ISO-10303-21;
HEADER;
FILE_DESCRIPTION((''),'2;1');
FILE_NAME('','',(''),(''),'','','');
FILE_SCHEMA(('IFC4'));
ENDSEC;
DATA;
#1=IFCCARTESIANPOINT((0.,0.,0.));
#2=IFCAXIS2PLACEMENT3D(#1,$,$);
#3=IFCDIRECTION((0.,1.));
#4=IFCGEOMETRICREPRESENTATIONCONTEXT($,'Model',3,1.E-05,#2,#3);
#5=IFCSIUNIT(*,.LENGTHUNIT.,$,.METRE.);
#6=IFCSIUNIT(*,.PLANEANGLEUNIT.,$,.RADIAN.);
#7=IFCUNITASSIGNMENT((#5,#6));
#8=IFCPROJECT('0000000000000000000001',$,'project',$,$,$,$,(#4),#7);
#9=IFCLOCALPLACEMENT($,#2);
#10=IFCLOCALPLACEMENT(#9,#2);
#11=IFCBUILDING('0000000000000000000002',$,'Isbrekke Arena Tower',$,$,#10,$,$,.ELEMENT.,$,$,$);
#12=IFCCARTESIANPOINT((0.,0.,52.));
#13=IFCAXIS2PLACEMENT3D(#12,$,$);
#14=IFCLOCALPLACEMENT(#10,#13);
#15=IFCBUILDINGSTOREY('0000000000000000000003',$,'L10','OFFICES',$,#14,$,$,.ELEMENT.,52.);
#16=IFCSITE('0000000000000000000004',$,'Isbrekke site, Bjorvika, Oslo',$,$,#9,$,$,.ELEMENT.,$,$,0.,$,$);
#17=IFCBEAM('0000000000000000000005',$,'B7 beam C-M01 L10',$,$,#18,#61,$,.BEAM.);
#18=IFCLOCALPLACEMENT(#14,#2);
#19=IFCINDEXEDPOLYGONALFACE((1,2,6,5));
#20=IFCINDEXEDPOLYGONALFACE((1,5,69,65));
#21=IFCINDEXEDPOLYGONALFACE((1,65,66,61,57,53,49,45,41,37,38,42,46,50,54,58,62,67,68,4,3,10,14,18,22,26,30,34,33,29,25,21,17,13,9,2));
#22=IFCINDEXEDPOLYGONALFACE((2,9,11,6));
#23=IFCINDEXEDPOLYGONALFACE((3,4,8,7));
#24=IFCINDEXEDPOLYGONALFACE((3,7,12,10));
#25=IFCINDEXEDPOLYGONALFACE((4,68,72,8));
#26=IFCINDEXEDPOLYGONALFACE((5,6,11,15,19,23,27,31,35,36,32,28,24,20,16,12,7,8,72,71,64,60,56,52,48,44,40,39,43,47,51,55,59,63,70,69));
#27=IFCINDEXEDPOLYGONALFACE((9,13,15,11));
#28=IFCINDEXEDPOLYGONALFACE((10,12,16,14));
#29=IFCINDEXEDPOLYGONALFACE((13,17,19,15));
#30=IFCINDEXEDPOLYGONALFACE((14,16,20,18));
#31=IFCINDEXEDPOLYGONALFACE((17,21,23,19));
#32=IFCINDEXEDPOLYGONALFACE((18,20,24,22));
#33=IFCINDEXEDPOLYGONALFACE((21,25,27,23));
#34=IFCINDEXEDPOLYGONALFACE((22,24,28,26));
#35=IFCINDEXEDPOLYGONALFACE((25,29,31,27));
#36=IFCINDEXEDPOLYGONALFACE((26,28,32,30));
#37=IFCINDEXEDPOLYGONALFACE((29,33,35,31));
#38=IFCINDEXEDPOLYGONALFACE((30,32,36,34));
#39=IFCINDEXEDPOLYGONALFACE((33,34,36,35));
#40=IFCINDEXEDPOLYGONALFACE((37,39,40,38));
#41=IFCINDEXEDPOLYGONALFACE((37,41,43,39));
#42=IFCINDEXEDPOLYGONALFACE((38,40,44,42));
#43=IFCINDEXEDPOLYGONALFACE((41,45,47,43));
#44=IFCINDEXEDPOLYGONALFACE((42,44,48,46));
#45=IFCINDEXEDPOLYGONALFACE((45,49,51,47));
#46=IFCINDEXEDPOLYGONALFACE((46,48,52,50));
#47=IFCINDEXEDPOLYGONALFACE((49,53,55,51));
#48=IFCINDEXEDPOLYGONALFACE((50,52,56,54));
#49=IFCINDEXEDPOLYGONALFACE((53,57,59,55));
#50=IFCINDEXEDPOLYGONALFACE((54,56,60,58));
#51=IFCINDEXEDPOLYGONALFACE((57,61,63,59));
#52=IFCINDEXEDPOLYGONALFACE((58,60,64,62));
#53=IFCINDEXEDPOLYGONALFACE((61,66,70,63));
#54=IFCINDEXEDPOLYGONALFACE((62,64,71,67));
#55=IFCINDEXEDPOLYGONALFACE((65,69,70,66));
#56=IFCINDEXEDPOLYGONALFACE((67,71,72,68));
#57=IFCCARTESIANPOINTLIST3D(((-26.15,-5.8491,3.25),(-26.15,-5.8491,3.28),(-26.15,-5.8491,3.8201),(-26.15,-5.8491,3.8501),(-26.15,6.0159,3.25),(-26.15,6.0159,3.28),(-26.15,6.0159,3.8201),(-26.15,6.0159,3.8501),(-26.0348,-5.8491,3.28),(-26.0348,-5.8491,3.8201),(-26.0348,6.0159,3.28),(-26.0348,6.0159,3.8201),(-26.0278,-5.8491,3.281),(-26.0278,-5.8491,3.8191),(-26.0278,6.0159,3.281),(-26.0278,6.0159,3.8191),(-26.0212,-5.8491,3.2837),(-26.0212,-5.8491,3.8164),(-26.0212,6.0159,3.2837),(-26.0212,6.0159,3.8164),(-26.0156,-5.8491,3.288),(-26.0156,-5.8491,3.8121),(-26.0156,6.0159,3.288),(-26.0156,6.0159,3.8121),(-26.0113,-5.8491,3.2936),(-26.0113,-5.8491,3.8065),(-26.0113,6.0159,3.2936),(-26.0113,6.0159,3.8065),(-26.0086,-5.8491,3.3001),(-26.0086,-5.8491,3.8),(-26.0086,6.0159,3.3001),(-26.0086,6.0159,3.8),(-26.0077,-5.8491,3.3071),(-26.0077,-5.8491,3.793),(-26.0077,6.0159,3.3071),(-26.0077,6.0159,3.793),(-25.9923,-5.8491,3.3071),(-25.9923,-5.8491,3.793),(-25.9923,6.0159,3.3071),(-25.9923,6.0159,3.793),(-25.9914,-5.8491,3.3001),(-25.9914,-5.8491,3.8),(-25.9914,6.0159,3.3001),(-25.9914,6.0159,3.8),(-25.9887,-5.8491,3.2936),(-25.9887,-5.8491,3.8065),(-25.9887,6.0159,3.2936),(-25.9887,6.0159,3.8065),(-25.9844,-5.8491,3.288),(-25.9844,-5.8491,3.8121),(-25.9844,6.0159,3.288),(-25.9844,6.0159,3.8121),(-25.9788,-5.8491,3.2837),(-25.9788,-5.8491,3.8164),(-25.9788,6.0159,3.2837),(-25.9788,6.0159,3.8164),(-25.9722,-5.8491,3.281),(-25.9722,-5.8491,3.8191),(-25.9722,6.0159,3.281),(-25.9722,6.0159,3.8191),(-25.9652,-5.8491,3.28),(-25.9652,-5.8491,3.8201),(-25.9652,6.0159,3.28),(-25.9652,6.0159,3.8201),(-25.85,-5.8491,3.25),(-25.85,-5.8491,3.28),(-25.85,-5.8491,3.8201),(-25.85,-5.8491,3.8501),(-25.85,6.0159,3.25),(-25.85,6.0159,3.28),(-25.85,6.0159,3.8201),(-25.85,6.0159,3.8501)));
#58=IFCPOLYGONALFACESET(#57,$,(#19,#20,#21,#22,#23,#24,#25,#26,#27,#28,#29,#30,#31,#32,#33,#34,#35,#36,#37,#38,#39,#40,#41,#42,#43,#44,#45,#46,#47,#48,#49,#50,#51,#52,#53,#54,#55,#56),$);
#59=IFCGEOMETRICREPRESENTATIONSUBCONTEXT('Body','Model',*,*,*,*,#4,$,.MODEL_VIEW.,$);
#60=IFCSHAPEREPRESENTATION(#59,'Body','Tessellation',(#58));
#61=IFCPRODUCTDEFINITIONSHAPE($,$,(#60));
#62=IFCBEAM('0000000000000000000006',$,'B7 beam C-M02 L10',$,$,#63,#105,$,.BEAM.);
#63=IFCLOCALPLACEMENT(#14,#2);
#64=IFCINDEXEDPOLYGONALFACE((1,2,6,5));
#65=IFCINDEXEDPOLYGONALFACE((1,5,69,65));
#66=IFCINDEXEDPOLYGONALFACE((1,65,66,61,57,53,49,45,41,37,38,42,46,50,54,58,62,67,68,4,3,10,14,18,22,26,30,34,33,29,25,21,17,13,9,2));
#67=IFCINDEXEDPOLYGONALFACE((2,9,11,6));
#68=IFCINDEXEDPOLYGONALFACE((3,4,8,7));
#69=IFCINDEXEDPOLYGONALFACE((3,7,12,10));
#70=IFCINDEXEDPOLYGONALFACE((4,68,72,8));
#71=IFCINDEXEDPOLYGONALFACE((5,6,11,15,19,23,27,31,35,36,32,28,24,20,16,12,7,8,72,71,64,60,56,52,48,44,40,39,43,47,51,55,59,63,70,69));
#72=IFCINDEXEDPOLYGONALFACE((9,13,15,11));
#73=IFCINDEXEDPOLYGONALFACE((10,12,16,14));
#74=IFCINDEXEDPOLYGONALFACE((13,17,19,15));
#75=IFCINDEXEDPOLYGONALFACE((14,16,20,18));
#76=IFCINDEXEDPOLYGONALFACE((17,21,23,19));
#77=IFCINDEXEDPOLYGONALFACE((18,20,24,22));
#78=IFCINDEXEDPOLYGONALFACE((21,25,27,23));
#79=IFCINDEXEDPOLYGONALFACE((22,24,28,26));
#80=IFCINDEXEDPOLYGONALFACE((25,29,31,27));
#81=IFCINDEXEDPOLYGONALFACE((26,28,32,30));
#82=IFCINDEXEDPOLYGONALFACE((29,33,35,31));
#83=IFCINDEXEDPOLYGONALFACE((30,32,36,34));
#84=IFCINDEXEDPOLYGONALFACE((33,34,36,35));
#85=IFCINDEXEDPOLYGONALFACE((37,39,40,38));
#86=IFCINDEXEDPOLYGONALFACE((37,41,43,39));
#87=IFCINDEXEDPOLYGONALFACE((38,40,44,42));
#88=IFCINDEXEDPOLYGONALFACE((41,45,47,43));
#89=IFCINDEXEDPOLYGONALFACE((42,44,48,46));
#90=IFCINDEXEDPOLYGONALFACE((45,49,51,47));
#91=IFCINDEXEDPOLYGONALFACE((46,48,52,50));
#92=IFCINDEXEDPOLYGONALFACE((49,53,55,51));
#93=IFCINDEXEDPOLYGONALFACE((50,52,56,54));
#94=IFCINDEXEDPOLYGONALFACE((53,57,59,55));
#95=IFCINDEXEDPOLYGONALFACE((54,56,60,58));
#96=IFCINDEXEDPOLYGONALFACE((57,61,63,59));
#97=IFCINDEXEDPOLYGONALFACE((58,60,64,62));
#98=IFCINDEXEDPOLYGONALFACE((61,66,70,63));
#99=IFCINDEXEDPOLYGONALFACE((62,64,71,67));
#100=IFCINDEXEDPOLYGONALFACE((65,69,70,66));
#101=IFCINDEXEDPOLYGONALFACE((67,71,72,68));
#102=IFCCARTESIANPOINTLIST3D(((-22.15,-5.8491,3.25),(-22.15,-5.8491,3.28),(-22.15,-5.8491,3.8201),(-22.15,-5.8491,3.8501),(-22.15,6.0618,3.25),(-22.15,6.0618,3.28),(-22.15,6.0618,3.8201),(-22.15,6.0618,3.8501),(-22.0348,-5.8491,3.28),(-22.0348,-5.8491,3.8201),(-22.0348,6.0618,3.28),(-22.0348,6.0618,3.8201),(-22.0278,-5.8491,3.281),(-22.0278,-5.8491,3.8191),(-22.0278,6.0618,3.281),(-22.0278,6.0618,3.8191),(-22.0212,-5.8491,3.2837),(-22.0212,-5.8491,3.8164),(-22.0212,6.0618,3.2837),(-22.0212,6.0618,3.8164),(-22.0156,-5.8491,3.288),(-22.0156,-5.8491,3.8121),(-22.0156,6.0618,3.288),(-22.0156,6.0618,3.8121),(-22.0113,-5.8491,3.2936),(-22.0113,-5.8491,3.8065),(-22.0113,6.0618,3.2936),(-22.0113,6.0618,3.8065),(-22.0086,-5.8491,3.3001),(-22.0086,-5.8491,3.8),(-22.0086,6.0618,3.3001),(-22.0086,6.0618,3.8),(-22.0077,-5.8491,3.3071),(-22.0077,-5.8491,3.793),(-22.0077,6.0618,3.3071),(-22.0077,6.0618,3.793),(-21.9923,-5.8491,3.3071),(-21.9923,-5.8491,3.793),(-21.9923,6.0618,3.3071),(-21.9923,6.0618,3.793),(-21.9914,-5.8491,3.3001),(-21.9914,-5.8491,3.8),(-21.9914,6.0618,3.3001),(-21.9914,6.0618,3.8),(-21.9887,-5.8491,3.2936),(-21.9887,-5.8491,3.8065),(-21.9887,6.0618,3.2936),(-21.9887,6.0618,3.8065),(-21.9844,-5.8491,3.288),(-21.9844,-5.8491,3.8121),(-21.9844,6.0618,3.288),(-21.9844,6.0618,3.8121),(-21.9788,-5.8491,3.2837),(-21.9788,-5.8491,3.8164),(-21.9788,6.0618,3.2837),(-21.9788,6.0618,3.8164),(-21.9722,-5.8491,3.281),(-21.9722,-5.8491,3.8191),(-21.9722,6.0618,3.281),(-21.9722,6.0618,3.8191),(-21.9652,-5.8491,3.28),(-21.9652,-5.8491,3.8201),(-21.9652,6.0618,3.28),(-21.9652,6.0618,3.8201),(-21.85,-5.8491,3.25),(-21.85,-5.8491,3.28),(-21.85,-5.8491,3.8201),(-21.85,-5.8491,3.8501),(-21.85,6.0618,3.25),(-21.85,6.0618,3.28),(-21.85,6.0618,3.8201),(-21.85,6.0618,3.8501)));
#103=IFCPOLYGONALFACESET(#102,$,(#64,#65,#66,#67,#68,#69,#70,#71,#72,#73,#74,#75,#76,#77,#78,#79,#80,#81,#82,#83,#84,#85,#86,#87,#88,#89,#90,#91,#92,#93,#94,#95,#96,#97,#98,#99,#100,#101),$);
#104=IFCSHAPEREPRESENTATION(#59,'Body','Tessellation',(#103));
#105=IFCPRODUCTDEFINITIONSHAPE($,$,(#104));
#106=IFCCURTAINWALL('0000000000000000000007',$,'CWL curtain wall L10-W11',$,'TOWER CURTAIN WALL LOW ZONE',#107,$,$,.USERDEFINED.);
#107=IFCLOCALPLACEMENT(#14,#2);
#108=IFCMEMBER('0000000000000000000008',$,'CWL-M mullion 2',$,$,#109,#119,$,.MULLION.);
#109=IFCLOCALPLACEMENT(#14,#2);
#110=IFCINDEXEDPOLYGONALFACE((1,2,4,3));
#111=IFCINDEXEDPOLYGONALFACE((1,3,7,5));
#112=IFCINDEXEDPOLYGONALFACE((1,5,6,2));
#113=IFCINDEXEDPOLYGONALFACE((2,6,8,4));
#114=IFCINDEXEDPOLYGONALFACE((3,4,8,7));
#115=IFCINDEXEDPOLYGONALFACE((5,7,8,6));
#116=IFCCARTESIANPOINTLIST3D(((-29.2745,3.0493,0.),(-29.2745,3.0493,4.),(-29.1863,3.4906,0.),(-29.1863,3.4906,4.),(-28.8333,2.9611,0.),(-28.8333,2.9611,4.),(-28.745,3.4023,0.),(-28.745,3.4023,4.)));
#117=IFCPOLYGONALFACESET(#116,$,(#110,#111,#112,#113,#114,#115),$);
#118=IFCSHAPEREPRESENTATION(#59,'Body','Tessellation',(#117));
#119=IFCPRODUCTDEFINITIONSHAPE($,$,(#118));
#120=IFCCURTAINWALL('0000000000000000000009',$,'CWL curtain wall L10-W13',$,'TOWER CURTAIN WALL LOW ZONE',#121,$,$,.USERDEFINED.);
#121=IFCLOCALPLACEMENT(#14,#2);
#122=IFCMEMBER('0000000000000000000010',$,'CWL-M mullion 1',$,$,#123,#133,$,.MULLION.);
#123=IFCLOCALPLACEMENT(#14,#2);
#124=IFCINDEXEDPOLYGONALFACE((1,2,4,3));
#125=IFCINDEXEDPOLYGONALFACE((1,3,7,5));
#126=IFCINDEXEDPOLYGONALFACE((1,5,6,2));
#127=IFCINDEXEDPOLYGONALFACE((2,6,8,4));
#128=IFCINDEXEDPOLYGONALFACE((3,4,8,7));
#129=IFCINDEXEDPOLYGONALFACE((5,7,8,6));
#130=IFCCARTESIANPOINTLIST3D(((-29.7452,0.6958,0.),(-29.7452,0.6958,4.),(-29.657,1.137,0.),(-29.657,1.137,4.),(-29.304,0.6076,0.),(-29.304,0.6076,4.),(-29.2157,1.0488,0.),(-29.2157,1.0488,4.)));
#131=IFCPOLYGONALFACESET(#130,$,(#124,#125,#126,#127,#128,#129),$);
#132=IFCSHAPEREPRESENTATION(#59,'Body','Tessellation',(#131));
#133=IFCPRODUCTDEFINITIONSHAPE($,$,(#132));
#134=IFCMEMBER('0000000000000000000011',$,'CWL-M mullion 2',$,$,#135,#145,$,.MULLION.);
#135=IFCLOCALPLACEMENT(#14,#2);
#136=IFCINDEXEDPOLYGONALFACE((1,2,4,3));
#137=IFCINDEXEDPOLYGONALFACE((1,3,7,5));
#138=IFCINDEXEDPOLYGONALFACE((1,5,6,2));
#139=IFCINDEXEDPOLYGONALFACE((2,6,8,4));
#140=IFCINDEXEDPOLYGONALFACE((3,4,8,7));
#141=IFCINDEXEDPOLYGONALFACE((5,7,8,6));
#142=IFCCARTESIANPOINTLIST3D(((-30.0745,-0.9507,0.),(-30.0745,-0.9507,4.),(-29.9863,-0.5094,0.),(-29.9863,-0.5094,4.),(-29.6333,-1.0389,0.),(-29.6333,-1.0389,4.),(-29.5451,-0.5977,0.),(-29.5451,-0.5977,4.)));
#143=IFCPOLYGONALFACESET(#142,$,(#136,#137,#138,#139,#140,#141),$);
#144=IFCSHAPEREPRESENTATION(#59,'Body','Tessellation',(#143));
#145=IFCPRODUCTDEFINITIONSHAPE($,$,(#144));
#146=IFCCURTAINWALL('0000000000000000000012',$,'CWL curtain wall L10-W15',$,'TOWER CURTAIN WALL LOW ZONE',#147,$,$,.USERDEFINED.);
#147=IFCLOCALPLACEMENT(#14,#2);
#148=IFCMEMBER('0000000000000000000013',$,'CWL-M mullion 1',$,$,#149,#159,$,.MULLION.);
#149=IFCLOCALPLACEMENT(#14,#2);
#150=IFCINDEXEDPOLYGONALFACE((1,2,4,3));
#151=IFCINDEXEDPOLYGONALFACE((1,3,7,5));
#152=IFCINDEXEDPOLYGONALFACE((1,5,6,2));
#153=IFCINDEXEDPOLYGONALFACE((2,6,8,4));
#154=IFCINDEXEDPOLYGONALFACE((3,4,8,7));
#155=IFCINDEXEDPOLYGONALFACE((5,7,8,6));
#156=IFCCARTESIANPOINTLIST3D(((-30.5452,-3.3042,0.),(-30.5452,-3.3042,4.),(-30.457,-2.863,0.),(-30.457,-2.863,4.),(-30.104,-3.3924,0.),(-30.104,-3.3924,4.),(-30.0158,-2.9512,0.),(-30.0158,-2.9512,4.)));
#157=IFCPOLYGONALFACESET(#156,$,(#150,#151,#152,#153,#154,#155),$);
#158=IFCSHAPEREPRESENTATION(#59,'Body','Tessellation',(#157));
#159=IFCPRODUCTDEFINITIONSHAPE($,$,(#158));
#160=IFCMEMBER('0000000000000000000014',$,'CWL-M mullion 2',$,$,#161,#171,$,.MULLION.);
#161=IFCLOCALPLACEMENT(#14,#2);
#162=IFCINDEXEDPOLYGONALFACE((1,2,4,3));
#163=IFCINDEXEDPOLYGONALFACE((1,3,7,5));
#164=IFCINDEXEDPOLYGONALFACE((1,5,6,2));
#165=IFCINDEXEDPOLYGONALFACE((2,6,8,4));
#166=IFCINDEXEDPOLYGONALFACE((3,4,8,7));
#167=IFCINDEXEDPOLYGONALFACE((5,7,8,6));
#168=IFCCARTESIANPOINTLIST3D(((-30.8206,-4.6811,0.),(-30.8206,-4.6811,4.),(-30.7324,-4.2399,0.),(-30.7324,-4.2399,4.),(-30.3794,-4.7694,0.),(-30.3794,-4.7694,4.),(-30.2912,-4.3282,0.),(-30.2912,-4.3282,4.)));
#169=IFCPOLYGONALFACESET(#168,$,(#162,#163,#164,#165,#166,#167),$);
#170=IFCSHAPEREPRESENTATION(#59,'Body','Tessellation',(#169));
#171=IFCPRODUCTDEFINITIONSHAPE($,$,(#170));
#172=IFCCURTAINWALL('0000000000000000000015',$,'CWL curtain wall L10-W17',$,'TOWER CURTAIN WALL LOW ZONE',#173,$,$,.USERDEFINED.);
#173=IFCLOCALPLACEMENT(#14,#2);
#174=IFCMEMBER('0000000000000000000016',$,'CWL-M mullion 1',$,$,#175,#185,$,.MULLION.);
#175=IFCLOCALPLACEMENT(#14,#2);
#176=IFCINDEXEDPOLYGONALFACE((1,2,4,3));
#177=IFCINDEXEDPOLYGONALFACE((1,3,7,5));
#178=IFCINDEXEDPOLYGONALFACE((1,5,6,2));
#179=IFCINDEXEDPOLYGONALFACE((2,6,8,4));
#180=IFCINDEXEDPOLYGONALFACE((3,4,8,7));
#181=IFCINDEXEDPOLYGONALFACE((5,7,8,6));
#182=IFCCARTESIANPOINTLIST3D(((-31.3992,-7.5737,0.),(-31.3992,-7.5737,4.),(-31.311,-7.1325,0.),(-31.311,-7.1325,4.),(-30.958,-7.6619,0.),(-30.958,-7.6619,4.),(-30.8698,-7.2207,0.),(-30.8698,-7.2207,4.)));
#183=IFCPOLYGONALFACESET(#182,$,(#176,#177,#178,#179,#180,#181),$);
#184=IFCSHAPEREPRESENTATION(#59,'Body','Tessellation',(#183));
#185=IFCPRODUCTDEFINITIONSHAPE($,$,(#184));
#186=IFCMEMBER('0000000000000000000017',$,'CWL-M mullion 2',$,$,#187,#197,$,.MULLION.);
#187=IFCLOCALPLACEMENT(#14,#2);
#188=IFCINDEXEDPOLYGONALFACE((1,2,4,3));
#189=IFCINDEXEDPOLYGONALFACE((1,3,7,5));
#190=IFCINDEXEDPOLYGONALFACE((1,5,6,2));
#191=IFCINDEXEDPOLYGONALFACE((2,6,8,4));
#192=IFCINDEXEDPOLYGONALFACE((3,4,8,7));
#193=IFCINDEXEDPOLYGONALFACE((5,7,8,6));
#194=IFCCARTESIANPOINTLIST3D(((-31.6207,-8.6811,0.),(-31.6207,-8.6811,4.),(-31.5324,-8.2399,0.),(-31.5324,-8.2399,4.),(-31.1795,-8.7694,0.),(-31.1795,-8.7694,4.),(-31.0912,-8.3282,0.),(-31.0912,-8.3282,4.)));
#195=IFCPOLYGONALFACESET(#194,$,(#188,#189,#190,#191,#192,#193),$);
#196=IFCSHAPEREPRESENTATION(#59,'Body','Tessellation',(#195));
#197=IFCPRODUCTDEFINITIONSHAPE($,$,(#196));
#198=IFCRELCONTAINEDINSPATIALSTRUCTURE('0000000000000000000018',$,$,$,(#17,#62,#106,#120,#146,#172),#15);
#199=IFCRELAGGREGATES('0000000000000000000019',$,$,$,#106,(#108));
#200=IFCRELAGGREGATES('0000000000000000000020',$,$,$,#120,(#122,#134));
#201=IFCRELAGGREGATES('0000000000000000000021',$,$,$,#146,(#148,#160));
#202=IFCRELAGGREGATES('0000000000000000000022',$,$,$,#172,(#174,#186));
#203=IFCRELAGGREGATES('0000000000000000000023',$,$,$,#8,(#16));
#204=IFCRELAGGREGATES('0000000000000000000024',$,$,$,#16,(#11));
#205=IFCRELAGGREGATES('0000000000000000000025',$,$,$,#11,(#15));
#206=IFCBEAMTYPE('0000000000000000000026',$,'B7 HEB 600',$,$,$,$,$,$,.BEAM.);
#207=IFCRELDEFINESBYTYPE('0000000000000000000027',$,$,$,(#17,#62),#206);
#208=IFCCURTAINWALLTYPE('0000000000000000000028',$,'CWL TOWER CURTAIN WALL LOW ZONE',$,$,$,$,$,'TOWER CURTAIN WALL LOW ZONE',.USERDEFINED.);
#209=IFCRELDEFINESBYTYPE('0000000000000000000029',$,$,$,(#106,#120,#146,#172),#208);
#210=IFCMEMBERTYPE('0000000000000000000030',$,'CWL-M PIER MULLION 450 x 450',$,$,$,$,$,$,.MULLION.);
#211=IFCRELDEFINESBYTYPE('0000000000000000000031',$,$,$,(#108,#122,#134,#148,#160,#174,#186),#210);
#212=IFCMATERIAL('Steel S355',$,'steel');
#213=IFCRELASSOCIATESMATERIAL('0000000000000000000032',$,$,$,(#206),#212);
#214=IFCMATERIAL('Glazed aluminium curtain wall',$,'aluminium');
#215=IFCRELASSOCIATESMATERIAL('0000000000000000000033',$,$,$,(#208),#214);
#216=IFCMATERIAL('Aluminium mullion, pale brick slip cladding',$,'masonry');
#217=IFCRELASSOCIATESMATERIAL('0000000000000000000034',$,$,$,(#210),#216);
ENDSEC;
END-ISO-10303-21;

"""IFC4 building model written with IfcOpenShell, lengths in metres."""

from ifc_helpers import new_model, si_unit, direction, frame, origin, origin_2d, place, context, subcontext, project, spatial, rectangle, i_section, extrude, material, material_profile, profile_set, type_object, element, aggregate, save


model = new_model("IFC4")

# Units and contexts
model_context = context("Model", 3, precision=1e-05, world=origin(), true_north=direction((0.0, 1.0)))
body_context = subcontext(model_context, "Body", "Model", "MODEL_VIEW")
ifc_project = project(units=[si_unit("LENGTHUNIT", "METRE"), si_unit("PLANEANGLEUNIT", "RADIAN")], contexts=[model_context])

# Site, building, storey
site_placement = place(None, origin())
site = spatial("IfcSite", under=ifc_project, at=site_placement, Name="Isbrekke site, Bjorvika, Oslo", CompositionType="ELEMENT", RefElevation=0.0)
building_placement = place(site_placement, origin())
building = spatial("IfcBuilding", under=site, at=building_placement, Name="Isbrekke Arena Tower", CompositionType="ELEMENT")
storey_placement = place(building_placement, frame((0.0, 0.0, 52.0)))
storey = spatial("IfcBuildingStorey", under=building, at=storey_placement, Name="L10", Description="OFFICES", CompositionType="ELEMENT", Elevation=52.0)

# Beams
ifc_material_1 = material(Name="Steel S355", Category="steel")
ifc_material_profile_1 = material_profile(ifc_material_1, i_section(OverallWidth=0.3, OverallDepth=0.6001, WebThickness=0.0154, FlangeThickness=0.03, FilletRadius=0.0271, at=origin_2d()), Name="HEB 600")
ifc_profile_set_1 = profile_set([ifc_material_profile_1], Name="Steel S355")
beam_type_1 = type_object("IfcBeamType", Name="B7 HEB 600", PredefinedType="BEAM", material=ifc_profile_set_1)
beam_1_placement = place(storey_placement, frame((-26.0, -5.8491, 3.55), z_axis=(0.0, 1.0, 0.0), x_axis=(-1.0, 0.0, 0.0)))
element("IfcBeam", 1, at=beam_1_placement, inside=storey, type_object=beam_type_1, Name="B7 beam C-M01 L10", PredefinedType="BEAM", context=body_context, shape_type="SweptSolid", body=[
    extrude(i_section(OverallWidth=0.3, OverallDepth=0.6001, WebThickness=0.0154, FlangeThickness=0.03, FilletRadius=0.0271, at=origin_2d()), origin(), (0.0, 0.0, 1.0), 11.865),
])
beam_2_placement = place(storey_placement, frame((-22.0, -5.8491, 3.55), z_axis=(0.0, 1.0, 0.0), x_axis=(-1.0, 0.0, 0.0)))
element("IfcBeam", 2, at=beam_2_placement, inside=storey, type_object=beam_type_1, Name="B7 beam C-M02 L10", PredefinedType="BEAM", context=body_context, shape_type="SweptSolid", body=[
    extrude(i_section(OverallWidth=0.3, OverallDepth=0.6001, WebThickness=0.0154, FlangeThickness=0.03, FilletRadius=0.0271, at=origin_2d()), origin(), (0.0, 0.0, 1.0), 11.9109),
])

# Curtain wall, member
ifc_material_2 = material(Name="Glazed aluminium curtain wall", Category="aluminium")
curtain_wall_type = type_object("IfcCurtainWallType", Name="CWL TOWER CURTAIN WALL LOW ZONE", ElementType="TOWER CURTAIN WALL LOW ZONE", PredefinedType="USERDEFINED", material=ifc_material_2)
curtain_wall_1_placement = place(storey_placement, origin())
curtain_wall_1 = element("IfcCurtainWall", 3, at=curtain_wall_1_placement, inside=storey, type_object=curtain_wall_type, Name="CWL curtain wall L10-W11", ObjectType="TOWER CURTAIN WALL LOW ZONE", PredefinedType="USERDEFINED")
ifc_material_3 = material(Name="Aluminium mullion, pale brick slip cladding", Category="masonry")
ifc_material_profile_2 = material_profile(ifc_material_3, rectangle(XDim=0.45, YDim=0.45, at=origin_2d()), Name="PIER 450X450")
ifc_profile_set_2 = profile_set([ifc_material_profile_2], Name="Aluminium mullion, pale brick slip cladding")
member_type_1 = type_object("IfcMemberType", Name="CWL-M PIER MULLION 450 x 450", PredefinedType="MULLION", material=ifc_profile_set_2)
member_1_placement = place(storey_placement, frame((-29.0098, 3.2258, 0.0), z_axis=(0.0, 0.0, 1.0), x_axis=(-0.196116, -0.980581, 0.0)))
member_1 = element("IfcMember", 4, at=member_1_placement, type_object=member_type_1, Name="CWL-M mullion 2", PredefinedType="MULLION", context=body_context, shape_type="SweptSolid", body=[
    extrude(rectangle(XDim=0.45, YDim=0.45, at=origin_2d()), origin(), (0.0, 0.0, 1.0), 4.0),
])
aggregate(curtain_wall_1, [member_1])

# Curtain walls, members
curtain_wall_2_placement = place(storey_placement, origin())
curtain_wall_2 = element("IfcCurtainWall", 5, at=curtain_wall_2_placement, inside=storey, type_object=curtain_wall_type, Name="CWL curtain wall L10-W13", ObjectType="TOWER CURTAIN WALL LOW ZONE", PredefinedType="USERDEFINED")
member_2_placement = place(storey_placement, frame((-29.4805, 0.8723, 0.0), z_axis=(0.0, 0.0, 1.0), x_axis=(-0.196116, -0.980581, 0.0)))
member_2 = element("IfcMember", 6, at=member_2_placement, type_object=member_type_1, Name="CWL-M mullion 1", PredefinedType="MULLION", context=body_context, shape_type="SweptSolid", body=[
    extrude(rectangle(XDim=0.45, YDim=0.45, at=origin_2d()), origin(), (0.0, 0.0, 1.0), 4.0),
])
member_3_placement = place(storey_placement, frame((-29.8098, -0.7742, 0.0), z_axis=(0.0, 0.0, 1.0), x_axis=(-0.196116, -0.980581, 0.0)))
member_3 = element("IfcMember", 7, at=member_3_placement, type_object=member_type_1, Name="CWL-M mullion 2", PredefinedType="MULLION", context=body_context, shape_type="SweptSolid", body=[
    extrude(rectangle(XDim=0.45, YDim=0.45, at=origin_2d()), origin(), (0.0, 0.0, 1.0), 4.0),
])
curtain_wall_3_placement = place(storey_placement, origin())
curtain_wall_3 = element("IfcCurtainWall", 8, at=curtain_wall_3_placement, inside=storey, type_object=curtain_wall_type, Name="CWL curtain wall L10-W15", ObjectType="TOWER CURTAIN WALL LOW ZONE", PredefinedType="USERDEFINED")
member_4_placement = place(storey_placement, frame((-30.2805, -3.1277, 0.0), z_axis=(0.0, 0.0, 1.0), x_axis=(-0.196116, -0.980581, 0.0)))
member_4 = element("IfcMember", 9, at=member_4_placement, type_object=member_type_1, Name="CWL-M mullion 1", PredefinedType="MULLION", context=body_context, shape_type="SweptSolid", body=[
    extrude(rectangle(XDim=0.45, YDim=0.45, at=origin_2d()), origin(), (0.0, 0.0, 1.0), 4.0),
])
member_5_placement = place(storey_placement, frame((-30.5559, -4.5046, 0.0), z_axis=(0.0, 0.0, 1.0), x_axis=(-0.196116, -0.980581, 0.0)))
member_5 = element("IfcMember", 10, at=member_5_placement, type_object=member_type_1, Name="CWL-M mullion 2", PredefinedType="MULLION", context=body_context, shape_type="SweptSolid", body=[
    extrude(rectangle(XDim=0.45, YDim=0.45, at=origin_2d()), origin(), (0.0, 0.0, 1.0), 4.0),
])
curtain_wall_4_placement = place(storey_placement, origin())
curtain_wall_4 = element("IfcCurtainWall", 11, at=curtain_wall_4_placement, inside=storey, type_object=curtain_wall_type, Name="CWL curtain wall L10-W17", ObjectType="TOWER CURTAIN WALL LOW ZONE", PredefinedType="USERDEFINED")
member_6_placement = place(storey_placement, frame((-31.1345, -7.3972, 0.0), z_axis=(0.0, 0.0, 1.0), x_axis=(-0.196116, -0.980581, 0.0)))
member_6 = element("IfcMember", 12, at=member_6_placement, type_object=member_type_1, Name="CWL-M mullion 1", PredefinedType="MULLION", context=body_context, shape_type="SweptSolid", body=[
    extrude(rectangle(XDim=0.45, YDim=0.45, at=origin_2d()), origin(), (0.0, 0.0, 1.0), 4.0),
])
member_7_placement = place(storey_placement, frame((-31.356, -8.5046, 0.0), z_axis=(0.0, 0.0, 1.0), x_axis=(-0.196116, -0.980581, 0.0)))
member_7 = element("IfcMember", 13, at=member_7_placement, type_object=member_type_1, Name="CWL-M mullion 2", PredefinedType="MULLION", context=body_context, shape_type="SweptSolid", body=[
    extrude(rectangle(XDim=0.45, YDim=0.45, at=origin_2d()), origin(), (0.0, 0.0, 1.0), 4.0),
])

aggregate(curtain_wall_2, [member_2, member_3])
aggregate(curtain_wall_3, [member_4, member_5])
aggregate(curtain_wall_4, [member_6, member_7])

save(model, "model.ifc")
